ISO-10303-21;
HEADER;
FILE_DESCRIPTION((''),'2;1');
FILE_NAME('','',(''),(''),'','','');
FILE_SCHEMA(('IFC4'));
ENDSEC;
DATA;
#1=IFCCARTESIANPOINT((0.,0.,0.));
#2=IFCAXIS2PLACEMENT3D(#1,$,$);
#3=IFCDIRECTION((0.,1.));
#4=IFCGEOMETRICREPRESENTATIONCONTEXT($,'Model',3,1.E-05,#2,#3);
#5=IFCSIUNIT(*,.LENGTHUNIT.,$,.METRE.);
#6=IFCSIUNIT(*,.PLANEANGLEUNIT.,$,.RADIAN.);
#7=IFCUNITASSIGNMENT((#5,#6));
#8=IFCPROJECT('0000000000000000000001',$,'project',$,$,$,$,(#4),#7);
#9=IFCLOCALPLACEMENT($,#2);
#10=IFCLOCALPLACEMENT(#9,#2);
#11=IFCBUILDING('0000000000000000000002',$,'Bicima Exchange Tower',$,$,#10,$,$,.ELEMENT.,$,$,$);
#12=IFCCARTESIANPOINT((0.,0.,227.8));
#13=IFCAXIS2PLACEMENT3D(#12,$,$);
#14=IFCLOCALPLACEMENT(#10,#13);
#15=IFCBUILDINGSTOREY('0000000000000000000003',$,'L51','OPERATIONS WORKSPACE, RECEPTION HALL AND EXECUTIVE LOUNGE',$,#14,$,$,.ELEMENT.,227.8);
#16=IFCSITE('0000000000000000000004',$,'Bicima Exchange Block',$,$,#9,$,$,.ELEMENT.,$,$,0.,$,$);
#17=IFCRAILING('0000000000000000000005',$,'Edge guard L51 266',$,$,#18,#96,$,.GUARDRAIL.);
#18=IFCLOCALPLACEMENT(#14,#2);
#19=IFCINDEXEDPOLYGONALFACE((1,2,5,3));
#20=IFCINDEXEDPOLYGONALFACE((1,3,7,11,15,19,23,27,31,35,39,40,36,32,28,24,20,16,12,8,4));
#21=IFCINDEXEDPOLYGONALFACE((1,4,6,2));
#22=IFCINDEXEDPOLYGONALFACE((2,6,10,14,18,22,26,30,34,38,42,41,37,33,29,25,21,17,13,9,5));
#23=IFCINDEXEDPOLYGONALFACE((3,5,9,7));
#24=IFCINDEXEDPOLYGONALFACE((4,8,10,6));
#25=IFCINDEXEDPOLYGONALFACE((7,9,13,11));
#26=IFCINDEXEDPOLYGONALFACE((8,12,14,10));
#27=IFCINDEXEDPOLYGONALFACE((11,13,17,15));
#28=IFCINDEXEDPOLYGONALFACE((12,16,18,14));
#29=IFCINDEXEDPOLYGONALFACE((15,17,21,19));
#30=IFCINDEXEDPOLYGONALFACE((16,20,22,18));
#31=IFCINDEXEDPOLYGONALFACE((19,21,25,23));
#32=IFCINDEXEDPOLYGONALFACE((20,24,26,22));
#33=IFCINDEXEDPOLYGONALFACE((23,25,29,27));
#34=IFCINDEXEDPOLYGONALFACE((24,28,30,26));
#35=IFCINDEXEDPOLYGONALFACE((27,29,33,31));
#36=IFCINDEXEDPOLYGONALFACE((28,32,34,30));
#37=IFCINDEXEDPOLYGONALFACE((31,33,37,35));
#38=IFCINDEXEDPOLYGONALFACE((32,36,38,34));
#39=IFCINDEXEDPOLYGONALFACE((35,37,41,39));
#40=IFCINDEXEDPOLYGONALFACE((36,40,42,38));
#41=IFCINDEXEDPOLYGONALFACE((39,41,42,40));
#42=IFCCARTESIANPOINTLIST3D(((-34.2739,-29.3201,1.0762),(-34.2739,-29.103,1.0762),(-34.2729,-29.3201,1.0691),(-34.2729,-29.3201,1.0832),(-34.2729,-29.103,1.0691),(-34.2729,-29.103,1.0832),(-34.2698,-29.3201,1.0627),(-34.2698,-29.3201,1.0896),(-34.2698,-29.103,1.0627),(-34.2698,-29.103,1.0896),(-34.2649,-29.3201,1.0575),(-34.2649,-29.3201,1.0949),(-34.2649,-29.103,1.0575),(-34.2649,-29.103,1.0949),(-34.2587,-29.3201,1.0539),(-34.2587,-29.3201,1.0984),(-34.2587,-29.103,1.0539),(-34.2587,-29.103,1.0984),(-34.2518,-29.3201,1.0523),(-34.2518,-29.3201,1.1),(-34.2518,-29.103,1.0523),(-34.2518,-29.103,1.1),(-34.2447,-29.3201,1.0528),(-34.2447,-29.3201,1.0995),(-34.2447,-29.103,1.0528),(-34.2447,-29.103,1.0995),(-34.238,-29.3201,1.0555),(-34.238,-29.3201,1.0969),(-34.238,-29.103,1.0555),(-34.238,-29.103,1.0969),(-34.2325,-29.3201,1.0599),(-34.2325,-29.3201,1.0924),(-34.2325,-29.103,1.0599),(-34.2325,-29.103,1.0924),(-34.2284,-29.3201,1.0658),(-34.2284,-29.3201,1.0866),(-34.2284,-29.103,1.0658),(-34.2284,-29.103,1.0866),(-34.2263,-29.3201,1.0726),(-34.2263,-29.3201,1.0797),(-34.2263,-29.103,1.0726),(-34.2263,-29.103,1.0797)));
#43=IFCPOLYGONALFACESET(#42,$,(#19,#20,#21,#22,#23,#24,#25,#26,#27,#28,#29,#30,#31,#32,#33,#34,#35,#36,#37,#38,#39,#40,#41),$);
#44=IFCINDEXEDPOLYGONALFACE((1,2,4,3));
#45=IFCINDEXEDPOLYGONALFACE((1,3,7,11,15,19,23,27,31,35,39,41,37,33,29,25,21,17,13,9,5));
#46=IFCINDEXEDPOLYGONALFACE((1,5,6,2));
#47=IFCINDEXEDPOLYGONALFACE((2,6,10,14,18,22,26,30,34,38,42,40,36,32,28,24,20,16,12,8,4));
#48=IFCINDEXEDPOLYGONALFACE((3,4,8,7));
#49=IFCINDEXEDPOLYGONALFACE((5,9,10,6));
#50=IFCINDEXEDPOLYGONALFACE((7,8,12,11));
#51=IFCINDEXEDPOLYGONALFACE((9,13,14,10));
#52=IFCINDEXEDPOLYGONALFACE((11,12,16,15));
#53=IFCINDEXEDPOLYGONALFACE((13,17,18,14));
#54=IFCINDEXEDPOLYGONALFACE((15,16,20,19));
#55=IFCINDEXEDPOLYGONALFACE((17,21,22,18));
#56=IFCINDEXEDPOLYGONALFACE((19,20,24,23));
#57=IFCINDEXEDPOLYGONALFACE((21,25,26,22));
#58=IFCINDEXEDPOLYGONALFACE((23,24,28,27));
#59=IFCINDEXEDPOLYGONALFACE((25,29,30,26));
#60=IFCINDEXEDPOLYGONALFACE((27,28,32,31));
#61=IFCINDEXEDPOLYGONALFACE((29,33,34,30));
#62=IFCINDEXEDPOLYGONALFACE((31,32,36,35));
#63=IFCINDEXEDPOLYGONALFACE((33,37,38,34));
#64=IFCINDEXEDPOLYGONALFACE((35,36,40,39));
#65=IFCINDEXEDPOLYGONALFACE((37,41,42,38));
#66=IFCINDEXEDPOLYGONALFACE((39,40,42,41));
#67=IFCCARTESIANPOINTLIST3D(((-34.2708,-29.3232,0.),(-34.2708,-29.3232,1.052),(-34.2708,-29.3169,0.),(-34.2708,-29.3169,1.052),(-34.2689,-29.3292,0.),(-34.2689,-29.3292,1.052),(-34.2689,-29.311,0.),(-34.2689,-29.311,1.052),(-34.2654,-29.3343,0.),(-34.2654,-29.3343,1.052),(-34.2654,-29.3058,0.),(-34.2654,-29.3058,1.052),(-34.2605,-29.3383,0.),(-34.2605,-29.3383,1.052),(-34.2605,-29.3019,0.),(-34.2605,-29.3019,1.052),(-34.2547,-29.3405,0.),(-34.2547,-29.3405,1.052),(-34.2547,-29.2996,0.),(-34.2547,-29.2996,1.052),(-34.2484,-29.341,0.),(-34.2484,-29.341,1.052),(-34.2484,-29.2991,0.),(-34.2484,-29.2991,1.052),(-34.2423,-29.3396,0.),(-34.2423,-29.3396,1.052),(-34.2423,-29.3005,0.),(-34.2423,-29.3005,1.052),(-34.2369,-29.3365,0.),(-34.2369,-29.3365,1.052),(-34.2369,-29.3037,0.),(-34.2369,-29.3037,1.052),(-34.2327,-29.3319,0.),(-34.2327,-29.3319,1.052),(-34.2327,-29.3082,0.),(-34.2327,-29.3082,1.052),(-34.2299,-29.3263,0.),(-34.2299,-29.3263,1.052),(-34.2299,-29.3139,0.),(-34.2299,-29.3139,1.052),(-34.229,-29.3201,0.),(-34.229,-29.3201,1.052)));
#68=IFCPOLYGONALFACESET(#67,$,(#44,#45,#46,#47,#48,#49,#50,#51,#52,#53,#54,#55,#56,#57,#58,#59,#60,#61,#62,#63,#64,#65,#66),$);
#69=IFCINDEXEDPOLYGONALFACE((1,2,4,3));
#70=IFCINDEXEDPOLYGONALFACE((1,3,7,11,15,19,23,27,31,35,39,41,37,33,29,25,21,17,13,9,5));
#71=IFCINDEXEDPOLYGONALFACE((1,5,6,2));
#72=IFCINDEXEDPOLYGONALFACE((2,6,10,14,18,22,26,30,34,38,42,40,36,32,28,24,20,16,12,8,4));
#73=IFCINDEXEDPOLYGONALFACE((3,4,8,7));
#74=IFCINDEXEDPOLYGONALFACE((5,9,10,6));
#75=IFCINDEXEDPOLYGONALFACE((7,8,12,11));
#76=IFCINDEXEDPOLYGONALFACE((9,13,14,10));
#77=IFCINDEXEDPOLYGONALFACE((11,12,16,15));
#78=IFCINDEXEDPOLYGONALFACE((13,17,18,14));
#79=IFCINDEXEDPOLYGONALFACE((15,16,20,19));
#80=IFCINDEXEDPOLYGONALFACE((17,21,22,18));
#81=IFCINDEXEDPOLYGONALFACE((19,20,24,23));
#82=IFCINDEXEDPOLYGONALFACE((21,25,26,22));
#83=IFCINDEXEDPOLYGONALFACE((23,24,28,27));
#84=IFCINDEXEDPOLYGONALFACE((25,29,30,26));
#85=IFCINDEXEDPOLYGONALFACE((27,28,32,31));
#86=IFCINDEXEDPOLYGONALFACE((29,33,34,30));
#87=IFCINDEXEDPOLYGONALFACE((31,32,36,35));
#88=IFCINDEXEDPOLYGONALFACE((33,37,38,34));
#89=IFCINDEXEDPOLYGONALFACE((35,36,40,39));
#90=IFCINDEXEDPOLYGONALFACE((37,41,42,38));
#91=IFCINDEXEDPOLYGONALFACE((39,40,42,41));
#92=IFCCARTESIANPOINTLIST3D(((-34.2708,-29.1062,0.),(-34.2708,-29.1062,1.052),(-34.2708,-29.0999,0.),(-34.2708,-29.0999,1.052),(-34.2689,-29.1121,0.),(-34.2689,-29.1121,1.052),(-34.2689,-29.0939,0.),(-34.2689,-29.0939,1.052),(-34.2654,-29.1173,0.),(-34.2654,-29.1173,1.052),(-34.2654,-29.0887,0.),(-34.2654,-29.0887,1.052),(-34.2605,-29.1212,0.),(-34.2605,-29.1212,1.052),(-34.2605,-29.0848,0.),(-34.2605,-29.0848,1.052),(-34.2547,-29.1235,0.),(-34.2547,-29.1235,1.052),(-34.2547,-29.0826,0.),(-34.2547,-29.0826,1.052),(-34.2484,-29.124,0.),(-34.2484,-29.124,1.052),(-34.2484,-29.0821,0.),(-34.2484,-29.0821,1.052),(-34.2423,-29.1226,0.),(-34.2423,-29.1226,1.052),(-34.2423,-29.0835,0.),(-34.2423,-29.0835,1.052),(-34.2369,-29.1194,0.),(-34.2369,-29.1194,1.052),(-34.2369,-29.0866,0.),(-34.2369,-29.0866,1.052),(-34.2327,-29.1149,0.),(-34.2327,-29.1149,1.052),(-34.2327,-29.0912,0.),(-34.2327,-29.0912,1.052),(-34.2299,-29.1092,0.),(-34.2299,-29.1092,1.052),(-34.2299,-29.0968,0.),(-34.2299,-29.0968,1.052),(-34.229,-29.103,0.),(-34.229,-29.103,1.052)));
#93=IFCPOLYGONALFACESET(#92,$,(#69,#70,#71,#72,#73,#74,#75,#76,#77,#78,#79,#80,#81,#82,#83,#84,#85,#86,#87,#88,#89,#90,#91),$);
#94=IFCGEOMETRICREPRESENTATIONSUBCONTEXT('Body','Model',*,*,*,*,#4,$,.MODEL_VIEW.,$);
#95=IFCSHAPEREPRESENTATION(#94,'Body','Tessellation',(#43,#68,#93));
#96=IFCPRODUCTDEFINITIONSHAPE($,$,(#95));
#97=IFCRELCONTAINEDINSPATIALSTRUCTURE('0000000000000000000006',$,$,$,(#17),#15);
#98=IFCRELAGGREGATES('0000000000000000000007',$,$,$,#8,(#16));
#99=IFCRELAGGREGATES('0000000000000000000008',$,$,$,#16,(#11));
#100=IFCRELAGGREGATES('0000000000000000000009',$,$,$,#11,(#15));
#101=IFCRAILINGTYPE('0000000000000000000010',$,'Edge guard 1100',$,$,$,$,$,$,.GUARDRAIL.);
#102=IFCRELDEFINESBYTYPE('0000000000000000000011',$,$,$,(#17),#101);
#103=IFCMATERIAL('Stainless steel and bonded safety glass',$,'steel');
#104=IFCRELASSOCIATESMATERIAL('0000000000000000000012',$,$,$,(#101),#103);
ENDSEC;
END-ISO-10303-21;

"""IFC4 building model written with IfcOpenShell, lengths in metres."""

from ifc_helpers import new_model, si_unit, direction, frame, origin, origin_2d, place, context, subcontext, project, spatial, circle, extrude, material, type_object, element, save


model = new_model("IFC4")

# Units and contexts
model_context = context("Model", 3, precision=1e-05, world=origin(), true_north=direction((0.0, 1.0)))
body_context = subcontext(model_context, "Body", "Model", "MODEL_VIEW")
ifc_project = project(units=[si_unit("LENGTHUNIT", "METRE"), si_unit("PLANEANGLEUNIT", "RADIAN")], contexts=[model_context])

# Site, building, storey
site_placement = place(None, origin())
site = spatial("IfcSite", under=ifc_project, at=site_placement, Name="Bicima Exchange Block", CompositionType="ELEMENT", RefElevation=0.0)
building_placement = place(site_placement, origin())
building = spatial("IfcBuilding", under=site, at=building_placement, Name="Bicima Exchange Tower", CompositionType="ELEMENT")
storey_placement = place(building_placement, frame((0.0, 0.0, 227.8)))
storey = spatial("IfcBuildingStorey", under=building, at=storey_placement, Name="L51", Description="OPERATIONS WORKSPACE, RECEPTION HALL AND EXECUTIVE LOUNGE", CompositionType="ELEMENT", Elevation=227.8)

# Railing
ifc_material_1 = material(Name="Stainless steel and bonded safety glass", Category="steel")
railing_type = type_object("IfcRailingType", Name="Edge guard 1100", PredefinedType="GUARDRAIL", material=ifc_material_1)
railing_1_placement = place(storey_placement, frame((-34.25, -29.3201, 0.0)))
element("IfcRailing", 1, at=railing_1_placement, inside=storey, type_object=railing_type, Name="Edge guard L51 266", PredefinedType="GUARDRAIL", context=body_context, shape_type="SweptSolid", body=[
    extrude(circle(Radius=0.0239, at=origin_2d()), frame((0.0, 0.0, 1.0762), z_axis=(0.0, 1.0, 0.0), x_axis=(-1.0, 0.0, 0.0)), (0.0, 0.0, 1.0), 0.217),
    extrude(circle(Radius=0.021, at=origin_2d()), origin(), (0.0, 0.0, 1.0), 1.052),
    extrude(circle(Radius=0.021, at=origin_2d()), frame((0.0, 0.217, 0.0)), (0.0, 0.0, 1.0), 1.052),
])

save(model, "model.ifc")
